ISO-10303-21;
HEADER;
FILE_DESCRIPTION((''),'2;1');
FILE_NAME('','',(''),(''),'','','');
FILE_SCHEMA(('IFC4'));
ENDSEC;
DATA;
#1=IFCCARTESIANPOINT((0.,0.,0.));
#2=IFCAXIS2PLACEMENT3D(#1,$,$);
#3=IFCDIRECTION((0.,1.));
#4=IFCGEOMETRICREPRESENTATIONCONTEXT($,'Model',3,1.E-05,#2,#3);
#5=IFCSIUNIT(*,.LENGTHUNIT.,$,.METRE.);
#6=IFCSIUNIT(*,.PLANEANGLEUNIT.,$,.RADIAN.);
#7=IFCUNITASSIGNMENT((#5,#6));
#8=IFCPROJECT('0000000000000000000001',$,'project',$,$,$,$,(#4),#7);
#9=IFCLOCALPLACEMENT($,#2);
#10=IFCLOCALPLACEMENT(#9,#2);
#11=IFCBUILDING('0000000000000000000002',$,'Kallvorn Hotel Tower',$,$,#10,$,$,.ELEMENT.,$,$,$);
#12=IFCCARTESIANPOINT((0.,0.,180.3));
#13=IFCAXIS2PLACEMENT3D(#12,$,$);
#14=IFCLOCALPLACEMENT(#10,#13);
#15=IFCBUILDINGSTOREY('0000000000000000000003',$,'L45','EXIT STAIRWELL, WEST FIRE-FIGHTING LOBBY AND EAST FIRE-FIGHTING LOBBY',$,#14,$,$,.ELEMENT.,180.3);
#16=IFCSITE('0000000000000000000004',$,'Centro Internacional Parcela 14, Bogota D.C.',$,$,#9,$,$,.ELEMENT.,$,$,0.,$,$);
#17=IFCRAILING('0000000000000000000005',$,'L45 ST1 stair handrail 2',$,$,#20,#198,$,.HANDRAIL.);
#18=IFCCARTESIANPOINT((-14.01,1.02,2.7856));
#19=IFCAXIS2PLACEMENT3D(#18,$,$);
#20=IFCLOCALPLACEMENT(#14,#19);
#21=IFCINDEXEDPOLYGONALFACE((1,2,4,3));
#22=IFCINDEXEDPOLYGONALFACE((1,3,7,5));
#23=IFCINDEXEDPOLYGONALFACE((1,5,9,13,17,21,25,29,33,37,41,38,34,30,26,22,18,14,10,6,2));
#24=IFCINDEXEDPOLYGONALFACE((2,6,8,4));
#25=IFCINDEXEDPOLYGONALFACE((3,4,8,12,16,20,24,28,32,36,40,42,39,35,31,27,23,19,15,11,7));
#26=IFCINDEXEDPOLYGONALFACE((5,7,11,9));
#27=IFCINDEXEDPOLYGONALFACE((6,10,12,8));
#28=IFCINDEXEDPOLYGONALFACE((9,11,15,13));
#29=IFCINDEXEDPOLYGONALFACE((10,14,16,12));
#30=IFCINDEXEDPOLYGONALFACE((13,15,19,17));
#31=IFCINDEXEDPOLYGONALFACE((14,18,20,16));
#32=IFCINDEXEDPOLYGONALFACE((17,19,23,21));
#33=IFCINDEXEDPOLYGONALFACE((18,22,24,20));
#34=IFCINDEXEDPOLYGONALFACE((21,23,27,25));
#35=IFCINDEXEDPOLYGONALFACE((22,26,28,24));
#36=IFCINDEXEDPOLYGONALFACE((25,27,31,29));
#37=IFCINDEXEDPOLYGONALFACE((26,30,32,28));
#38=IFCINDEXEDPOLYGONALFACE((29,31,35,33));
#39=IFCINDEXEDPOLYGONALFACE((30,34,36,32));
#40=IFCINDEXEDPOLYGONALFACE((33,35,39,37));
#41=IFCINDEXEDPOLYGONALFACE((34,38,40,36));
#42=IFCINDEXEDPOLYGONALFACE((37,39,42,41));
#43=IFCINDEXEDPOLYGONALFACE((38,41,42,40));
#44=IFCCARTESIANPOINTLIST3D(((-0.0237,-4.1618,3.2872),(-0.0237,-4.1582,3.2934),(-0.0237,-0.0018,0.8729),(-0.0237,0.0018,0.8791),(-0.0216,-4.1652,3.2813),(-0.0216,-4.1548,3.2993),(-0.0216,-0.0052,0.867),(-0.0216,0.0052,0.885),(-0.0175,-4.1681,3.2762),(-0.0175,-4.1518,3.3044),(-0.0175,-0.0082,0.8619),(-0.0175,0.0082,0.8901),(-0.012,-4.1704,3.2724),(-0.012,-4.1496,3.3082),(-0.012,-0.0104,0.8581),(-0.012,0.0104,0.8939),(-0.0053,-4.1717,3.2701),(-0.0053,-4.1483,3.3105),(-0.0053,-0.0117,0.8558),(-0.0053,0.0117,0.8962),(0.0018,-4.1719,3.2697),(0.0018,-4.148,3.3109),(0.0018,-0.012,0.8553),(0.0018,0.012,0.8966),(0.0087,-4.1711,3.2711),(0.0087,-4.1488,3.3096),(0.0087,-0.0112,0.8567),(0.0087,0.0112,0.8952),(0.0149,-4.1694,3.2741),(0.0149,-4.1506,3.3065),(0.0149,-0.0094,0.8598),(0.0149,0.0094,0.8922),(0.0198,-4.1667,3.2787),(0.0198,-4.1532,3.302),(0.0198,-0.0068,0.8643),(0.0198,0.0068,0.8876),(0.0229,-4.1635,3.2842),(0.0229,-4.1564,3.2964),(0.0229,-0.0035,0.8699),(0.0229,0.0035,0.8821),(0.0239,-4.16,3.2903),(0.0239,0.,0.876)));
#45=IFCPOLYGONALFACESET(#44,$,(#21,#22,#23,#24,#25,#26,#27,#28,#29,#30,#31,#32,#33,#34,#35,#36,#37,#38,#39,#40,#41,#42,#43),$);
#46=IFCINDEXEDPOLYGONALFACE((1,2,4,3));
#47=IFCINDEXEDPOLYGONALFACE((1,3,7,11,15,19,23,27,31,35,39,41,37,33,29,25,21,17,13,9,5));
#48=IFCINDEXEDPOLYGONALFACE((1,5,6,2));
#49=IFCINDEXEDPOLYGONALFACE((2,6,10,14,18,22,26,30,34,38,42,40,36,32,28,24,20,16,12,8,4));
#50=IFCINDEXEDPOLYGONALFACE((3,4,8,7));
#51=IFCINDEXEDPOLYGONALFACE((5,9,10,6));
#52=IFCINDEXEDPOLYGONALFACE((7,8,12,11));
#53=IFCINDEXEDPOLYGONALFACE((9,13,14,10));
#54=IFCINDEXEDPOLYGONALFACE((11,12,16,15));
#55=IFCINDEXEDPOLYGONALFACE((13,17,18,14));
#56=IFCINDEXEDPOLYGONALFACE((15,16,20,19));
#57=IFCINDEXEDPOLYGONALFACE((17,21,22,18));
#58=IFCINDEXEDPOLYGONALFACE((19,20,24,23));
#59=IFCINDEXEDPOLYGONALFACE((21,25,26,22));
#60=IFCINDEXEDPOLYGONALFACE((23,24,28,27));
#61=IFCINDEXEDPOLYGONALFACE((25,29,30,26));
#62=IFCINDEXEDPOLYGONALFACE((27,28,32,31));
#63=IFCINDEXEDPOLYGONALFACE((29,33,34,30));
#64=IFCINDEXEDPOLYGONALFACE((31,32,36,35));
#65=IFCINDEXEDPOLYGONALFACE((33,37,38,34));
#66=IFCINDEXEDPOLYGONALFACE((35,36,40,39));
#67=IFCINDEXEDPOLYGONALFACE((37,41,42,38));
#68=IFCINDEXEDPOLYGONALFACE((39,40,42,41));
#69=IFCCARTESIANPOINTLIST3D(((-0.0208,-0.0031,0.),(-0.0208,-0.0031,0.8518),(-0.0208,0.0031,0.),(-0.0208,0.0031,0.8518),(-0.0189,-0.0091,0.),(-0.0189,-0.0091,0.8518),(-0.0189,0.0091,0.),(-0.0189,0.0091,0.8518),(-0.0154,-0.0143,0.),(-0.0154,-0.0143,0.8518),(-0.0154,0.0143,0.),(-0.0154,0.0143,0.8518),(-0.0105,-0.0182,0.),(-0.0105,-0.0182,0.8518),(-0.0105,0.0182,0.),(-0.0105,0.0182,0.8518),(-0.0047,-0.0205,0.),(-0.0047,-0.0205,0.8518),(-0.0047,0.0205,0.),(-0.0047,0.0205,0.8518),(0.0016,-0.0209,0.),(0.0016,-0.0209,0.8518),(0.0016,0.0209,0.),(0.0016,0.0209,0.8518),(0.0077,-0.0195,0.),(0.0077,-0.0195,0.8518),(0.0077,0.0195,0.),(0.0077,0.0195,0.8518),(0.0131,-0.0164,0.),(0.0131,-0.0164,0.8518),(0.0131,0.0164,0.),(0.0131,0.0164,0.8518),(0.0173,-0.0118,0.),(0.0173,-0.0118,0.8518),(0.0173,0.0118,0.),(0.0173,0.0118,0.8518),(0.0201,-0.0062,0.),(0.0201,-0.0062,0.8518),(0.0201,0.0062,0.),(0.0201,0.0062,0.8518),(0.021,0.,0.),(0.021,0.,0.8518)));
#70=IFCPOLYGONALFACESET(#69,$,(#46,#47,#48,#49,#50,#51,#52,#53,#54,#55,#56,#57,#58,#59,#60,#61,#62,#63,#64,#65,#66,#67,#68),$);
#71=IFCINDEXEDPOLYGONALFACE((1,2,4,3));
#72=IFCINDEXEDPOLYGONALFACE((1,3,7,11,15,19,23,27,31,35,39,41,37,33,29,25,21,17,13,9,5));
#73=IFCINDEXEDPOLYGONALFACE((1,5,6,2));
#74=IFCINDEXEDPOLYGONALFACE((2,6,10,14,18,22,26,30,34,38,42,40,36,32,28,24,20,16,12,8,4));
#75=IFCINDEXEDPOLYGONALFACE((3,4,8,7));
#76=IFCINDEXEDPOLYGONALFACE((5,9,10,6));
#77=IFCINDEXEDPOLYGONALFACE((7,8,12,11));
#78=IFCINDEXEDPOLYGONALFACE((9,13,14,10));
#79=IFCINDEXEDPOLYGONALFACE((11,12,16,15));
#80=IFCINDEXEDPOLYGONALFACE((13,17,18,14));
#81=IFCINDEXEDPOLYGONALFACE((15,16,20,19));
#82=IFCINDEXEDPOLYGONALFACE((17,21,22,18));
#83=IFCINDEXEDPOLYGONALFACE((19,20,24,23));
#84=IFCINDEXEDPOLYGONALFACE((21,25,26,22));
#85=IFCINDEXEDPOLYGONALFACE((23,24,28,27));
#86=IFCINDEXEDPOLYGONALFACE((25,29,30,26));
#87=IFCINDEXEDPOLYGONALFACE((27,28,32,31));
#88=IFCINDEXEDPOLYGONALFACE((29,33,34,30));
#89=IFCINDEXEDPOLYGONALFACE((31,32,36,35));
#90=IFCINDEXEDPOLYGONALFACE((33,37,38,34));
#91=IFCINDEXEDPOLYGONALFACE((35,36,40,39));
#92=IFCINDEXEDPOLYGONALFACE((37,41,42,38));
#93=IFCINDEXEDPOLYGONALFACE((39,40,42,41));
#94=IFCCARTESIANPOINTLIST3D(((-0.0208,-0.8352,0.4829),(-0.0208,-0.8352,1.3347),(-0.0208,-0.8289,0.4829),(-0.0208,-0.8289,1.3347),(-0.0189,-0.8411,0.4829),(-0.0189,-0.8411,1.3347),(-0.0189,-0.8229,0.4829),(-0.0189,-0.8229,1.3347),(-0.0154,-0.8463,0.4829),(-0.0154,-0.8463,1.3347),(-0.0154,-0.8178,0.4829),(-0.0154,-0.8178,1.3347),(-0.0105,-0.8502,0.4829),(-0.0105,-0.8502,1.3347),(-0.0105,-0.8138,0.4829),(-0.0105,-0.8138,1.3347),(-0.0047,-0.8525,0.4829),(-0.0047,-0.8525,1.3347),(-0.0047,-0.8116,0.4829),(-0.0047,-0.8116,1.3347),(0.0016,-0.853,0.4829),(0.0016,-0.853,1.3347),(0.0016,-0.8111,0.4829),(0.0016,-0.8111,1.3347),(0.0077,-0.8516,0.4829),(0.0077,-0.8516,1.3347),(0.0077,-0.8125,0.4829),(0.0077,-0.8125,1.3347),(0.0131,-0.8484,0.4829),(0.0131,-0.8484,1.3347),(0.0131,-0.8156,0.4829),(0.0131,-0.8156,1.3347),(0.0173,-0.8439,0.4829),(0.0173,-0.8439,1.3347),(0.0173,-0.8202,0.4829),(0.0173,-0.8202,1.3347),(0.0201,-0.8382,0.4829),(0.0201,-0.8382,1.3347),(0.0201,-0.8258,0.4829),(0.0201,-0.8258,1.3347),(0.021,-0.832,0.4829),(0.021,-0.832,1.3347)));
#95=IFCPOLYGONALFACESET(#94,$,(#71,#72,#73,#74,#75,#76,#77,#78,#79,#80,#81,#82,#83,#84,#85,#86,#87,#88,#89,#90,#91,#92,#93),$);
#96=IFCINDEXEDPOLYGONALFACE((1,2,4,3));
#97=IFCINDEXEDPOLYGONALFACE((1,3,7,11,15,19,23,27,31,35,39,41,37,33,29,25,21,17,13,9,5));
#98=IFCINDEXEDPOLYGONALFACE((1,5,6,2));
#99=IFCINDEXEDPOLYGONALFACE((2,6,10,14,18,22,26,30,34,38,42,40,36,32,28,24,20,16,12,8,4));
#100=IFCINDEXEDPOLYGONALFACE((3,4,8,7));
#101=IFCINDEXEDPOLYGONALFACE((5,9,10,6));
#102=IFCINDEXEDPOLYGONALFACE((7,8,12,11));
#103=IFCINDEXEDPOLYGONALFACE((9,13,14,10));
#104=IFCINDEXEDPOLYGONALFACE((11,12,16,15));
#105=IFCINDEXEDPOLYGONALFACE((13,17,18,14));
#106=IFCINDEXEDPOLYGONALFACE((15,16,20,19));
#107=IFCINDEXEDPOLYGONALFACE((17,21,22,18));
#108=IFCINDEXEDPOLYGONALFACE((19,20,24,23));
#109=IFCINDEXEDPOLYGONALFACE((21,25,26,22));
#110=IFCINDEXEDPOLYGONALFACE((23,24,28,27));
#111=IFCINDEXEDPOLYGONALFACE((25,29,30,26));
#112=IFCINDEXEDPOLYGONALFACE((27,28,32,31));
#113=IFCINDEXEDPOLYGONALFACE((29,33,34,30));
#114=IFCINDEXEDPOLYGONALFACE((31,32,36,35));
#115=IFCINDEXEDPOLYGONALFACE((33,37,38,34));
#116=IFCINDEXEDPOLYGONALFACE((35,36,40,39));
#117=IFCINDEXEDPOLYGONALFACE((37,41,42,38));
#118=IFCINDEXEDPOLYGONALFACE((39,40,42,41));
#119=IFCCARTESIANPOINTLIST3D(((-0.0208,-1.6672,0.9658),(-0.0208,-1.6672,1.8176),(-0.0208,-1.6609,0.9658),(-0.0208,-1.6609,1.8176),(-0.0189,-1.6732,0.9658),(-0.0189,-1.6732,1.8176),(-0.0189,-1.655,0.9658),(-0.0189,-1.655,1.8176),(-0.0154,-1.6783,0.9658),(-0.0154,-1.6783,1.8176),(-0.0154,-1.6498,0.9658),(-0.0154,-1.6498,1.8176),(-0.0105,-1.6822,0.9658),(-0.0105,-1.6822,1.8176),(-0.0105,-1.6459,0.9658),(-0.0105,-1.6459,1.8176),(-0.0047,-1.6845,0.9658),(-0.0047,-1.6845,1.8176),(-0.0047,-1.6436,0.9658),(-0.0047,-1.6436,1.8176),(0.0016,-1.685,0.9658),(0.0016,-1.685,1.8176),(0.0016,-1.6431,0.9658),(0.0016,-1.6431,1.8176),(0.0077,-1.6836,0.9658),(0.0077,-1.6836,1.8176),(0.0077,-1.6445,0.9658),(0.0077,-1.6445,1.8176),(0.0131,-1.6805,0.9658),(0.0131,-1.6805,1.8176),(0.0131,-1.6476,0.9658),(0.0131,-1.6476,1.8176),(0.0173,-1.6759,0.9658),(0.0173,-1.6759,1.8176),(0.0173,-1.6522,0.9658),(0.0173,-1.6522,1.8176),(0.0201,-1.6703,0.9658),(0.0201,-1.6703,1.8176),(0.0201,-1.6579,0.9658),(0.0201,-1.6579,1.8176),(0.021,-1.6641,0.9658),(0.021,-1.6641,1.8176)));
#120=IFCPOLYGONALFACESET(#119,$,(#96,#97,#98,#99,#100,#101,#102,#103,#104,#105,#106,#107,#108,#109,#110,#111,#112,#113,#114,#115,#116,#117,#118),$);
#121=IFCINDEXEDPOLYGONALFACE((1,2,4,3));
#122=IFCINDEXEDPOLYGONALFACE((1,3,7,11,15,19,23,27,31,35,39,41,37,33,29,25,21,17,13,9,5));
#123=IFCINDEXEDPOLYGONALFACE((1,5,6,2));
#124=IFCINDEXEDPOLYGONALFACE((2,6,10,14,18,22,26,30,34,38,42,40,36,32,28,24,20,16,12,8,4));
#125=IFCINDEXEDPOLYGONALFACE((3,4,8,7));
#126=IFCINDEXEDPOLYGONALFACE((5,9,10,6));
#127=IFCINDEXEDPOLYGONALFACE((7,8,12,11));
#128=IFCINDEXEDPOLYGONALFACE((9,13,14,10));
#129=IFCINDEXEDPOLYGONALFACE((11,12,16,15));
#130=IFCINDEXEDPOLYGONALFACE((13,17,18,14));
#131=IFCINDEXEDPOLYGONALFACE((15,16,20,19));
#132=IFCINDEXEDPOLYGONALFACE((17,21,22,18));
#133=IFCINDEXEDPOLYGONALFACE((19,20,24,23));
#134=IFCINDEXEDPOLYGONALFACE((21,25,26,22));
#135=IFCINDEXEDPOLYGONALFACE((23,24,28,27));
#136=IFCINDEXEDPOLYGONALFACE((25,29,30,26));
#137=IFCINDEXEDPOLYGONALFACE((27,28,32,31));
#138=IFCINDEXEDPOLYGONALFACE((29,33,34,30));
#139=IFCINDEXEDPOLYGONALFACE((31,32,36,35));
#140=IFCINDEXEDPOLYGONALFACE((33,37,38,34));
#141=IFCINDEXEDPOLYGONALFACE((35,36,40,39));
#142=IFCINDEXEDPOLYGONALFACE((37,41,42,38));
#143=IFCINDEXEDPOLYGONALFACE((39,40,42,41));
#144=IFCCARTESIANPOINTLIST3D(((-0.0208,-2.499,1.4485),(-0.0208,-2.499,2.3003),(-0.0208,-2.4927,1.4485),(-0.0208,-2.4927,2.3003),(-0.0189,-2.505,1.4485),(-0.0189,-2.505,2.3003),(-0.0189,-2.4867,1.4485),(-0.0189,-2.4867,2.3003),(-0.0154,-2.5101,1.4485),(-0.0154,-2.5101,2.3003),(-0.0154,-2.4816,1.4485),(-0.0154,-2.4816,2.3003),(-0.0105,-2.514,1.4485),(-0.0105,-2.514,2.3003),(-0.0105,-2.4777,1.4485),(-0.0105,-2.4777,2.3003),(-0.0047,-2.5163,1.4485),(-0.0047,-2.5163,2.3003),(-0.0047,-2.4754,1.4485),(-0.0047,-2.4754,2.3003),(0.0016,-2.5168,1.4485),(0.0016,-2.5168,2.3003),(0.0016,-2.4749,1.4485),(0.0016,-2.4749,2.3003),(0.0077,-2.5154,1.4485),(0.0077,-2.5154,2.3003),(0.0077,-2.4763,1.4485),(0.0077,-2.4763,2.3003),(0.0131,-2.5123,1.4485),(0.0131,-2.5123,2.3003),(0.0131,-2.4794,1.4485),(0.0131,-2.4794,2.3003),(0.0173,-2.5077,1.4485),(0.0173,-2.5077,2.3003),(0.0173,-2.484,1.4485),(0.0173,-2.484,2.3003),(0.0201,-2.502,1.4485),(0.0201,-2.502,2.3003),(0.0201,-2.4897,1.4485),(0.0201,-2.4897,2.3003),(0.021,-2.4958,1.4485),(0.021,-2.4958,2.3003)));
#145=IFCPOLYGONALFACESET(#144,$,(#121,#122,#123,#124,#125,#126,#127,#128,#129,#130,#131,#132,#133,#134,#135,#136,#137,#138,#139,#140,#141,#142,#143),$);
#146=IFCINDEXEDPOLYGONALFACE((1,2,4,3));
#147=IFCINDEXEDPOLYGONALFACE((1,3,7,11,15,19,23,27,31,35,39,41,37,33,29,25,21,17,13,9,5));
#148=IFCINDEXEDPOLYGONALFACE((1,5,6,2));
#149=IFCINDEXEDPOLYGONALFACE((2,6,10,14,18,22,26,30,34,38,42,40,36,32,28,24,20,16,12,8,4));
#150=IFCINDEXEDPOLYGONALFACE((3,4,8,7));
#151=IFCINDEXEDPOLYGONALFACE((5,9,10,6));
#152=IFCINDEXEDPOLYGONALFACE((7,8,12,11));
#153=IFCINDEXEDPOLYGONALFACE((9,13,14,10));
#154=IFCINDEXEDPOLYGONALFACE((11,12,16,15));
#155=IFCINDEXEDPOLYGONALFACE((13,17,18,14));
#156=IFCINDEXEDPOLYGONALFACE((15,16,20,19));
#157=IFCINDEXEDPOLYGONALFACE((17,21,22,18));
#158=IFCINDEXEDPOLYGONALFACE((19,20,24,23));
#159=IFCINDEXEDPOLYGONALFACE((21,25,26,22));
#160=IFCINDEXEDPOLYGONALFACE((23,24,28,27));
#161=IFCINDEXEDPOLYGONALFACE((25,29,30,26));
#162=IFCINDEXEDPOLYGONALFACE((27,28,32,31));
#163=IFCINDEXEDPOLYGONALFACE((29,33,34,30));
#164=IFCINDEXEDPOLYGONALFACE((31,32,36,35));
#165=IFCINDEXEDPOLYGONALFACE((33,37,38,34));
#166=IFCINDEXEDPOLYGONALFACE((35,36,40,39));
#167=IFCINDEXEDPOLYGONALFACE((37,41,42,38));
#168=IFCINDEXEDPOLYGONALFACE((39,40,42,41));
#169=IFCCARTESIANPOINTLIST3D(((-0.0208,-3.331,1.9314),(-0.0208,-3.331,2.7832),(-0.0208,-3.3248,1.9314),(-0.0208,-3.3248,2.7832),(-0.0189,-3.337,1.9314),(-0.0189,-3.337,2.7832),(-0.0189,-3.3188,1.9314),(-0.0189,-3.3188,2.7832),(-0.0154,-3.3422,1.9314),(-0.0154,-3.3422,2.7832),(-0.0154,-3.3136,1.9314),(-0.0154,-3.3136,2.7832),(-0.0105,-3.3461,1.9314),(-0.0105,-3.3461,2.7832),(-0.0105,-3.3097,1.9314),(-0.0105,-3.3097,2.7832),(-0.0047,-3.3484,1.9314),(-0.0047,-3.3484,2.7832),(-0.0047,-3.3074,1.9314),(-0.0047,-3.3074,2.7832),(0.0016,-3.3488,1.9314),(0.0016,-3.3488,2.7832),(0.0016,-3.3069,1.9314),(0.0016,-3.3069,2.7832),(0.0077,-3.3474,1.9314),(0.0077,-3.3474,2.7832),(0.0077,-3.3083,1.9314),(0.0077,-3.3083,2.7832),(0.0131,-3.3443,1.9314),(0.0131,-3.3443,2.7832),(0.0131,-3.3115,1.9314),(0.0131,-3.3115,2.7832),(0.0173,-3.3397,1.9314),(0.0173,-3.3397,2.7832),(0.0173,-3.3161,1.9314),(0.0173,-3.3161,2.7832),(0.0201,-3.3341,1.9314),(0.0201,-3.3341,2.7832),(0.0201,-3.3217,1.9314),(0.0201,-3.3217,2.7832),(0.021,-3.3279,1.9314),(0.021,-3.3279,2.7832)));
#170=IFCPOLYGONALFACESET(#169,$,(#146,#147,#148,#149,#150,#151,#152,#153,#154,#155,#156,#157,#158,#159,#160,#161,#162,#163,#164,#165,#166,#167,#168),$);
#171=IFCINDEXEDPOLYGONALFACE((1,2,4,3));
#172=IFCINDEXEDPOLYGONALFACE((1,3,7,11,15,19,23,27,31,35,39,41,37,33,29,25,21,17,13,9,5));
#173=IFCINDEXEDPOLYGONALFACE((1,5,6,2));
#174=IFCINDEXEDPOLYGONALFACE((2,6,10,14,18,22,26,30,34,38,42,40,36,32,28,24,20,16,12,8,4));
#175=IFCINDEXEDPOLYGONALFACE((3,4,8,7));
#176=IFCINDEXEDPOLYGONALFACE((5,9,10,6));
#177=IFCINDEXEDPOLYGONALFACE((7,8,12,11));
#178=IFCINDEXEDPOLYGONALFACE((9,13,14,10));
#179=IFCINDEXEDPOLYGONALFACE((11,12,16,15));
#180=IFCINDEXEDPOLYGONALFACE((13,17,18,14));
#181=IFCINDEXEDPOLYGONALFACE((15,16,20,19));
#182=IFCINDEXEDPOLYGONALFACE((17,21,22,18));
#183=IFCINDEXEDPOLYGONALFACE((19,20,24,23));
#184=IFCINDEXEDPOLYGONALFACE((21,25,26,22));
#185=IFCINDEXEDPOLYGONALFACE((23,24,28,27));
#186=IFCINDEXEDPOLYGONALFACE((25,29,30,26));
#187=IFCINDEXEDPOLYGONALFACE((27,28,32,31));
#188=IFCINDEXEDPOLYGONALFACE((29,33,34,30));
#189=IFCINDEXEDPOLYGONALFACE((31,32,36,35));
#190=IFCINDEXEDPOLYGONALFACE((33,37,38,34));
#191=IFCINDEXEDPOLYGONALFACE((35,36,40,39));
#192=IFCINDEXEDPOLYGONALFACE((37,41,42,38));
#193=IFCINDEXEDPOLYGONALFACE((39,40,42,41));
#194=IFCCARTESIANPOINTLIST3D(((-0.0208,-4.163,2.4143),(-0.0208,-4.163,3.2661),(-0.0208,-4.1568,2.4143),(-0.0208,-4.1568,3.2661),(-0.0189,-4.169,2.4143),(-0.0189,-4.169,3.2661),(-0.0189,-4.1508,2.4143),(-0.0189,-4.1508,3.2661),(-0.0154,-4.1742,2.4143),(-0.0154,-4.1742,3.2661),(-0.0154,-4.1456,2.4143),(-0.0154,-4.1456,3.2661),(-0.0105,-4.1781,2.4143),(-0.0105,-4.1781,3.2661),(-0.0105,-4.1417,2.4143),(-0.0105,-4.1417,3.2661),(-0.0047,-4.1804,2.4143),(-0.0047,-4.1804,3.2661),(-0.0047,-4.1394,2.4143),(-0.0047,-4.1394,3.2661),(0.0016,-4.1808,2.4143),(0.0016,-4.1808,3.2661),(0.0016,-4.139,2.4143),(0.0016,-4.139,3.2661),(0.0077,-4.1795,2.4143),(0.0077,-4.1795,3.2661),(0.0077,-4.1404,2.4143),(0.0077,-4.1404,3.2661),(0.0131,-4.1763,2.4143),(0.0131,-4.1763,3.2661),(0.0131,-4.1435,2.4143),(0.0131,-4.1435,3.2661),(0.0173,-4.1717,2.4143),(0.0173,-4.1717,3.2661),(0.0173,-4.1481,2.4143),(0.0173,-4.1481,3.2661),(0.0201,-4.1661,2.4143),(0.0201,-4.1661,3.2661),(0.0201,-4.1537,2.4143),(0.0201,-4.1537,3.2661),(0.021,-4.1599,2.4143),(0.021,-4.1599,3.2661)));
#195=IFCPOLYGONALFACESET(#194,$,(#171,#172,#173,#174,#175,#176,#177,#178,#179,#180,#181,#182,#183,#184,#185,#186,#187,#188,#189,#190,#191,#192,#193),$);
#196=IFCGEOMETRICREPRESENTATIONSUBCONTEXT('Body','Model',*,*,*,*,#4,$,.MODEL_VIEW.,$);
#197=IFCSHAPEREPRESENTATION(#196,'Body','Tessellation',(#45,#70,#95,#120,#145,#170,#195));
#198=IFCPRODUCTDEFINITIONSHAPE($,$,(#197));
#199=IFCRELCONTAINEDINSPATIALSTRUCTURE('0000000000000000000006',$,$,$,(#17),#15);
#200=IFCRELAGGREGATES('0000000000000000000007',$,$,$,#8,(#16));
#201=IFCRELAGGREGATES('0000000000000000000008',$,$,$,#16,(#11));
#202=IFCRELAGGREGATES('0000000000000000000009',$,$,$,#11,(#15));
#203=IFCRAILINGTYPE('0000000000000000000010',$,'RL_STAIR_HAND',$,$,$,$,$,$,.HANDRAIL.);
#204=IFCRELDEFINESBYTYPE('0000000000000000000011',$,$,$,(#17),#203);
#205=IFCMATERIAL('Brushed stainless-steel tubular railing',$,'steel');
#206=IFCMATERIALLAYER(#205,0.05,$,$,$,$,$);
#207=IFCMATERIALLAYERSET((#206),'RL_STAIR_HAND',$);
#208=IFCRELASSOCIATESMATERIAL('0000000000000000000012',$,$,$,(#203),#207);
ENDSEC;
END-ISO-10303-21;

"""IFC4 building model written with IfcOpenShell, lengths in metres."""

from ifc_helpers import new_model, si_unit, direction, frame, origin, origin_2d, place, context, subcontext, project, spatial, circle, extrude, material, layer, layer_set, type_object, element, save


model = new_model("IFC4")

# Units and contexts
model_context = context("Model", 3, precision=1e-05, world=origin(), true_north=direction((0.0, 1.0)))
body_context = subcontext(model_context, "Body", "Model", "MODEL_VIEW")
ifc_project = project(units=[si_unit("LENGTHUNIT", "METRE"), si_unit("PLANEANGLEUNIT", "RADIAN")], contexts=[model_context])

# Site, building, storey
site_placement = place(None, origin())
site = spatial("IfcSite", under=ifc_project, at=site_placement, Name="Centro Internacional Parcela 14, Bogota D.C.", CompositionType="ELEMENT", RefElevation=0.0)
building_placement = place(site_placement, origin())
building = spatial("IfcBuilding", under=site, at=building_placement, Name="Kallvorn Hotel Tower", CompositionType="ELEMENT")
storey_placement = place(building_placement, frame((0.0, 0.0, 180.3)))
storey = spatial("IfcBuildingStorey", under=building, at=storey_placement, Name="L45", Description="EXIT STAIRWELL, WEST FIRE-FIGHTING LOBBY AND EAST FIRE-FIGHTING LOBBY", CompositionType="ELEMENT", Elevation=180.3)

# Railing
ifc_material_1 = material(Name="Brushed stainless-steel tubular railing", Category="steel")
ifc_layer_1 = layer(ifc_material_1, 0.05)
ifc_layer_set_1 = layer_set([ifc_layer_1], Name="RL_STAIR_HAND")
railing_type_1 = type_object("IfcRailingType", Name="RL_STAIR_HAND", PredefinedType="HANDRAIL", material=ifc_layer_set_1)
railing_1_placement = place(storey_placement, frame((-14.01, 1.02, 2.7856)))
element("IfcRailing", 1, at=railing_1_placement, inside=storey, type_object=railing_type_1, Name="L45 ST1 stair handrail 2", PredefinedType="HANDRAIL", context=body_context, shape_type="SweptSolid", body=[
    extrude(circle(Radius=0.0239, at=origin_2d()), frame((0.0, 0.0, 0.876), z_axis=(0.0, -0.864891, 0.50196), x_axis=(1.0, 0.0, 0.0)), (0.0, 0.0, 1.0), 4.8098),
    extrude(circle(Radius=0.021, at=origin_2d()), origin(), (0.0, 0.0, 1.0), 0.8518),
    extrude(circle(Radius=0.021, at=origin_2d()), frame((0.0, -0.832, 0.4829)), (0.0, 0.0, 1.0), 0.8518),
    extrude(circle(Radius=0.021, at=origin_2d()), frame((0.0, -1.6641, 0.9658)), (0.0, 0.0, 1.0), 0.8518),
    extrude(circle(Radius=0.021, at=origin_2d()), frame((0.0, -2.4958, 1.4485)), (0.0, 0.0, 1.0), 0.8518),
    extrude(circle(Radius=0.021, at=origin_2d()), frame((0.0, -3.3279, 1.9314)), (0.0, 0.0, 1.0), 0.8518),
    extrude(circle(Radius=0.021, at=origin_2d()), frame((0.0, -4.1599, 2.4143)), (0.0, 0.0, 1.0), 0.8518),
])

save(model, "model.ifc")
